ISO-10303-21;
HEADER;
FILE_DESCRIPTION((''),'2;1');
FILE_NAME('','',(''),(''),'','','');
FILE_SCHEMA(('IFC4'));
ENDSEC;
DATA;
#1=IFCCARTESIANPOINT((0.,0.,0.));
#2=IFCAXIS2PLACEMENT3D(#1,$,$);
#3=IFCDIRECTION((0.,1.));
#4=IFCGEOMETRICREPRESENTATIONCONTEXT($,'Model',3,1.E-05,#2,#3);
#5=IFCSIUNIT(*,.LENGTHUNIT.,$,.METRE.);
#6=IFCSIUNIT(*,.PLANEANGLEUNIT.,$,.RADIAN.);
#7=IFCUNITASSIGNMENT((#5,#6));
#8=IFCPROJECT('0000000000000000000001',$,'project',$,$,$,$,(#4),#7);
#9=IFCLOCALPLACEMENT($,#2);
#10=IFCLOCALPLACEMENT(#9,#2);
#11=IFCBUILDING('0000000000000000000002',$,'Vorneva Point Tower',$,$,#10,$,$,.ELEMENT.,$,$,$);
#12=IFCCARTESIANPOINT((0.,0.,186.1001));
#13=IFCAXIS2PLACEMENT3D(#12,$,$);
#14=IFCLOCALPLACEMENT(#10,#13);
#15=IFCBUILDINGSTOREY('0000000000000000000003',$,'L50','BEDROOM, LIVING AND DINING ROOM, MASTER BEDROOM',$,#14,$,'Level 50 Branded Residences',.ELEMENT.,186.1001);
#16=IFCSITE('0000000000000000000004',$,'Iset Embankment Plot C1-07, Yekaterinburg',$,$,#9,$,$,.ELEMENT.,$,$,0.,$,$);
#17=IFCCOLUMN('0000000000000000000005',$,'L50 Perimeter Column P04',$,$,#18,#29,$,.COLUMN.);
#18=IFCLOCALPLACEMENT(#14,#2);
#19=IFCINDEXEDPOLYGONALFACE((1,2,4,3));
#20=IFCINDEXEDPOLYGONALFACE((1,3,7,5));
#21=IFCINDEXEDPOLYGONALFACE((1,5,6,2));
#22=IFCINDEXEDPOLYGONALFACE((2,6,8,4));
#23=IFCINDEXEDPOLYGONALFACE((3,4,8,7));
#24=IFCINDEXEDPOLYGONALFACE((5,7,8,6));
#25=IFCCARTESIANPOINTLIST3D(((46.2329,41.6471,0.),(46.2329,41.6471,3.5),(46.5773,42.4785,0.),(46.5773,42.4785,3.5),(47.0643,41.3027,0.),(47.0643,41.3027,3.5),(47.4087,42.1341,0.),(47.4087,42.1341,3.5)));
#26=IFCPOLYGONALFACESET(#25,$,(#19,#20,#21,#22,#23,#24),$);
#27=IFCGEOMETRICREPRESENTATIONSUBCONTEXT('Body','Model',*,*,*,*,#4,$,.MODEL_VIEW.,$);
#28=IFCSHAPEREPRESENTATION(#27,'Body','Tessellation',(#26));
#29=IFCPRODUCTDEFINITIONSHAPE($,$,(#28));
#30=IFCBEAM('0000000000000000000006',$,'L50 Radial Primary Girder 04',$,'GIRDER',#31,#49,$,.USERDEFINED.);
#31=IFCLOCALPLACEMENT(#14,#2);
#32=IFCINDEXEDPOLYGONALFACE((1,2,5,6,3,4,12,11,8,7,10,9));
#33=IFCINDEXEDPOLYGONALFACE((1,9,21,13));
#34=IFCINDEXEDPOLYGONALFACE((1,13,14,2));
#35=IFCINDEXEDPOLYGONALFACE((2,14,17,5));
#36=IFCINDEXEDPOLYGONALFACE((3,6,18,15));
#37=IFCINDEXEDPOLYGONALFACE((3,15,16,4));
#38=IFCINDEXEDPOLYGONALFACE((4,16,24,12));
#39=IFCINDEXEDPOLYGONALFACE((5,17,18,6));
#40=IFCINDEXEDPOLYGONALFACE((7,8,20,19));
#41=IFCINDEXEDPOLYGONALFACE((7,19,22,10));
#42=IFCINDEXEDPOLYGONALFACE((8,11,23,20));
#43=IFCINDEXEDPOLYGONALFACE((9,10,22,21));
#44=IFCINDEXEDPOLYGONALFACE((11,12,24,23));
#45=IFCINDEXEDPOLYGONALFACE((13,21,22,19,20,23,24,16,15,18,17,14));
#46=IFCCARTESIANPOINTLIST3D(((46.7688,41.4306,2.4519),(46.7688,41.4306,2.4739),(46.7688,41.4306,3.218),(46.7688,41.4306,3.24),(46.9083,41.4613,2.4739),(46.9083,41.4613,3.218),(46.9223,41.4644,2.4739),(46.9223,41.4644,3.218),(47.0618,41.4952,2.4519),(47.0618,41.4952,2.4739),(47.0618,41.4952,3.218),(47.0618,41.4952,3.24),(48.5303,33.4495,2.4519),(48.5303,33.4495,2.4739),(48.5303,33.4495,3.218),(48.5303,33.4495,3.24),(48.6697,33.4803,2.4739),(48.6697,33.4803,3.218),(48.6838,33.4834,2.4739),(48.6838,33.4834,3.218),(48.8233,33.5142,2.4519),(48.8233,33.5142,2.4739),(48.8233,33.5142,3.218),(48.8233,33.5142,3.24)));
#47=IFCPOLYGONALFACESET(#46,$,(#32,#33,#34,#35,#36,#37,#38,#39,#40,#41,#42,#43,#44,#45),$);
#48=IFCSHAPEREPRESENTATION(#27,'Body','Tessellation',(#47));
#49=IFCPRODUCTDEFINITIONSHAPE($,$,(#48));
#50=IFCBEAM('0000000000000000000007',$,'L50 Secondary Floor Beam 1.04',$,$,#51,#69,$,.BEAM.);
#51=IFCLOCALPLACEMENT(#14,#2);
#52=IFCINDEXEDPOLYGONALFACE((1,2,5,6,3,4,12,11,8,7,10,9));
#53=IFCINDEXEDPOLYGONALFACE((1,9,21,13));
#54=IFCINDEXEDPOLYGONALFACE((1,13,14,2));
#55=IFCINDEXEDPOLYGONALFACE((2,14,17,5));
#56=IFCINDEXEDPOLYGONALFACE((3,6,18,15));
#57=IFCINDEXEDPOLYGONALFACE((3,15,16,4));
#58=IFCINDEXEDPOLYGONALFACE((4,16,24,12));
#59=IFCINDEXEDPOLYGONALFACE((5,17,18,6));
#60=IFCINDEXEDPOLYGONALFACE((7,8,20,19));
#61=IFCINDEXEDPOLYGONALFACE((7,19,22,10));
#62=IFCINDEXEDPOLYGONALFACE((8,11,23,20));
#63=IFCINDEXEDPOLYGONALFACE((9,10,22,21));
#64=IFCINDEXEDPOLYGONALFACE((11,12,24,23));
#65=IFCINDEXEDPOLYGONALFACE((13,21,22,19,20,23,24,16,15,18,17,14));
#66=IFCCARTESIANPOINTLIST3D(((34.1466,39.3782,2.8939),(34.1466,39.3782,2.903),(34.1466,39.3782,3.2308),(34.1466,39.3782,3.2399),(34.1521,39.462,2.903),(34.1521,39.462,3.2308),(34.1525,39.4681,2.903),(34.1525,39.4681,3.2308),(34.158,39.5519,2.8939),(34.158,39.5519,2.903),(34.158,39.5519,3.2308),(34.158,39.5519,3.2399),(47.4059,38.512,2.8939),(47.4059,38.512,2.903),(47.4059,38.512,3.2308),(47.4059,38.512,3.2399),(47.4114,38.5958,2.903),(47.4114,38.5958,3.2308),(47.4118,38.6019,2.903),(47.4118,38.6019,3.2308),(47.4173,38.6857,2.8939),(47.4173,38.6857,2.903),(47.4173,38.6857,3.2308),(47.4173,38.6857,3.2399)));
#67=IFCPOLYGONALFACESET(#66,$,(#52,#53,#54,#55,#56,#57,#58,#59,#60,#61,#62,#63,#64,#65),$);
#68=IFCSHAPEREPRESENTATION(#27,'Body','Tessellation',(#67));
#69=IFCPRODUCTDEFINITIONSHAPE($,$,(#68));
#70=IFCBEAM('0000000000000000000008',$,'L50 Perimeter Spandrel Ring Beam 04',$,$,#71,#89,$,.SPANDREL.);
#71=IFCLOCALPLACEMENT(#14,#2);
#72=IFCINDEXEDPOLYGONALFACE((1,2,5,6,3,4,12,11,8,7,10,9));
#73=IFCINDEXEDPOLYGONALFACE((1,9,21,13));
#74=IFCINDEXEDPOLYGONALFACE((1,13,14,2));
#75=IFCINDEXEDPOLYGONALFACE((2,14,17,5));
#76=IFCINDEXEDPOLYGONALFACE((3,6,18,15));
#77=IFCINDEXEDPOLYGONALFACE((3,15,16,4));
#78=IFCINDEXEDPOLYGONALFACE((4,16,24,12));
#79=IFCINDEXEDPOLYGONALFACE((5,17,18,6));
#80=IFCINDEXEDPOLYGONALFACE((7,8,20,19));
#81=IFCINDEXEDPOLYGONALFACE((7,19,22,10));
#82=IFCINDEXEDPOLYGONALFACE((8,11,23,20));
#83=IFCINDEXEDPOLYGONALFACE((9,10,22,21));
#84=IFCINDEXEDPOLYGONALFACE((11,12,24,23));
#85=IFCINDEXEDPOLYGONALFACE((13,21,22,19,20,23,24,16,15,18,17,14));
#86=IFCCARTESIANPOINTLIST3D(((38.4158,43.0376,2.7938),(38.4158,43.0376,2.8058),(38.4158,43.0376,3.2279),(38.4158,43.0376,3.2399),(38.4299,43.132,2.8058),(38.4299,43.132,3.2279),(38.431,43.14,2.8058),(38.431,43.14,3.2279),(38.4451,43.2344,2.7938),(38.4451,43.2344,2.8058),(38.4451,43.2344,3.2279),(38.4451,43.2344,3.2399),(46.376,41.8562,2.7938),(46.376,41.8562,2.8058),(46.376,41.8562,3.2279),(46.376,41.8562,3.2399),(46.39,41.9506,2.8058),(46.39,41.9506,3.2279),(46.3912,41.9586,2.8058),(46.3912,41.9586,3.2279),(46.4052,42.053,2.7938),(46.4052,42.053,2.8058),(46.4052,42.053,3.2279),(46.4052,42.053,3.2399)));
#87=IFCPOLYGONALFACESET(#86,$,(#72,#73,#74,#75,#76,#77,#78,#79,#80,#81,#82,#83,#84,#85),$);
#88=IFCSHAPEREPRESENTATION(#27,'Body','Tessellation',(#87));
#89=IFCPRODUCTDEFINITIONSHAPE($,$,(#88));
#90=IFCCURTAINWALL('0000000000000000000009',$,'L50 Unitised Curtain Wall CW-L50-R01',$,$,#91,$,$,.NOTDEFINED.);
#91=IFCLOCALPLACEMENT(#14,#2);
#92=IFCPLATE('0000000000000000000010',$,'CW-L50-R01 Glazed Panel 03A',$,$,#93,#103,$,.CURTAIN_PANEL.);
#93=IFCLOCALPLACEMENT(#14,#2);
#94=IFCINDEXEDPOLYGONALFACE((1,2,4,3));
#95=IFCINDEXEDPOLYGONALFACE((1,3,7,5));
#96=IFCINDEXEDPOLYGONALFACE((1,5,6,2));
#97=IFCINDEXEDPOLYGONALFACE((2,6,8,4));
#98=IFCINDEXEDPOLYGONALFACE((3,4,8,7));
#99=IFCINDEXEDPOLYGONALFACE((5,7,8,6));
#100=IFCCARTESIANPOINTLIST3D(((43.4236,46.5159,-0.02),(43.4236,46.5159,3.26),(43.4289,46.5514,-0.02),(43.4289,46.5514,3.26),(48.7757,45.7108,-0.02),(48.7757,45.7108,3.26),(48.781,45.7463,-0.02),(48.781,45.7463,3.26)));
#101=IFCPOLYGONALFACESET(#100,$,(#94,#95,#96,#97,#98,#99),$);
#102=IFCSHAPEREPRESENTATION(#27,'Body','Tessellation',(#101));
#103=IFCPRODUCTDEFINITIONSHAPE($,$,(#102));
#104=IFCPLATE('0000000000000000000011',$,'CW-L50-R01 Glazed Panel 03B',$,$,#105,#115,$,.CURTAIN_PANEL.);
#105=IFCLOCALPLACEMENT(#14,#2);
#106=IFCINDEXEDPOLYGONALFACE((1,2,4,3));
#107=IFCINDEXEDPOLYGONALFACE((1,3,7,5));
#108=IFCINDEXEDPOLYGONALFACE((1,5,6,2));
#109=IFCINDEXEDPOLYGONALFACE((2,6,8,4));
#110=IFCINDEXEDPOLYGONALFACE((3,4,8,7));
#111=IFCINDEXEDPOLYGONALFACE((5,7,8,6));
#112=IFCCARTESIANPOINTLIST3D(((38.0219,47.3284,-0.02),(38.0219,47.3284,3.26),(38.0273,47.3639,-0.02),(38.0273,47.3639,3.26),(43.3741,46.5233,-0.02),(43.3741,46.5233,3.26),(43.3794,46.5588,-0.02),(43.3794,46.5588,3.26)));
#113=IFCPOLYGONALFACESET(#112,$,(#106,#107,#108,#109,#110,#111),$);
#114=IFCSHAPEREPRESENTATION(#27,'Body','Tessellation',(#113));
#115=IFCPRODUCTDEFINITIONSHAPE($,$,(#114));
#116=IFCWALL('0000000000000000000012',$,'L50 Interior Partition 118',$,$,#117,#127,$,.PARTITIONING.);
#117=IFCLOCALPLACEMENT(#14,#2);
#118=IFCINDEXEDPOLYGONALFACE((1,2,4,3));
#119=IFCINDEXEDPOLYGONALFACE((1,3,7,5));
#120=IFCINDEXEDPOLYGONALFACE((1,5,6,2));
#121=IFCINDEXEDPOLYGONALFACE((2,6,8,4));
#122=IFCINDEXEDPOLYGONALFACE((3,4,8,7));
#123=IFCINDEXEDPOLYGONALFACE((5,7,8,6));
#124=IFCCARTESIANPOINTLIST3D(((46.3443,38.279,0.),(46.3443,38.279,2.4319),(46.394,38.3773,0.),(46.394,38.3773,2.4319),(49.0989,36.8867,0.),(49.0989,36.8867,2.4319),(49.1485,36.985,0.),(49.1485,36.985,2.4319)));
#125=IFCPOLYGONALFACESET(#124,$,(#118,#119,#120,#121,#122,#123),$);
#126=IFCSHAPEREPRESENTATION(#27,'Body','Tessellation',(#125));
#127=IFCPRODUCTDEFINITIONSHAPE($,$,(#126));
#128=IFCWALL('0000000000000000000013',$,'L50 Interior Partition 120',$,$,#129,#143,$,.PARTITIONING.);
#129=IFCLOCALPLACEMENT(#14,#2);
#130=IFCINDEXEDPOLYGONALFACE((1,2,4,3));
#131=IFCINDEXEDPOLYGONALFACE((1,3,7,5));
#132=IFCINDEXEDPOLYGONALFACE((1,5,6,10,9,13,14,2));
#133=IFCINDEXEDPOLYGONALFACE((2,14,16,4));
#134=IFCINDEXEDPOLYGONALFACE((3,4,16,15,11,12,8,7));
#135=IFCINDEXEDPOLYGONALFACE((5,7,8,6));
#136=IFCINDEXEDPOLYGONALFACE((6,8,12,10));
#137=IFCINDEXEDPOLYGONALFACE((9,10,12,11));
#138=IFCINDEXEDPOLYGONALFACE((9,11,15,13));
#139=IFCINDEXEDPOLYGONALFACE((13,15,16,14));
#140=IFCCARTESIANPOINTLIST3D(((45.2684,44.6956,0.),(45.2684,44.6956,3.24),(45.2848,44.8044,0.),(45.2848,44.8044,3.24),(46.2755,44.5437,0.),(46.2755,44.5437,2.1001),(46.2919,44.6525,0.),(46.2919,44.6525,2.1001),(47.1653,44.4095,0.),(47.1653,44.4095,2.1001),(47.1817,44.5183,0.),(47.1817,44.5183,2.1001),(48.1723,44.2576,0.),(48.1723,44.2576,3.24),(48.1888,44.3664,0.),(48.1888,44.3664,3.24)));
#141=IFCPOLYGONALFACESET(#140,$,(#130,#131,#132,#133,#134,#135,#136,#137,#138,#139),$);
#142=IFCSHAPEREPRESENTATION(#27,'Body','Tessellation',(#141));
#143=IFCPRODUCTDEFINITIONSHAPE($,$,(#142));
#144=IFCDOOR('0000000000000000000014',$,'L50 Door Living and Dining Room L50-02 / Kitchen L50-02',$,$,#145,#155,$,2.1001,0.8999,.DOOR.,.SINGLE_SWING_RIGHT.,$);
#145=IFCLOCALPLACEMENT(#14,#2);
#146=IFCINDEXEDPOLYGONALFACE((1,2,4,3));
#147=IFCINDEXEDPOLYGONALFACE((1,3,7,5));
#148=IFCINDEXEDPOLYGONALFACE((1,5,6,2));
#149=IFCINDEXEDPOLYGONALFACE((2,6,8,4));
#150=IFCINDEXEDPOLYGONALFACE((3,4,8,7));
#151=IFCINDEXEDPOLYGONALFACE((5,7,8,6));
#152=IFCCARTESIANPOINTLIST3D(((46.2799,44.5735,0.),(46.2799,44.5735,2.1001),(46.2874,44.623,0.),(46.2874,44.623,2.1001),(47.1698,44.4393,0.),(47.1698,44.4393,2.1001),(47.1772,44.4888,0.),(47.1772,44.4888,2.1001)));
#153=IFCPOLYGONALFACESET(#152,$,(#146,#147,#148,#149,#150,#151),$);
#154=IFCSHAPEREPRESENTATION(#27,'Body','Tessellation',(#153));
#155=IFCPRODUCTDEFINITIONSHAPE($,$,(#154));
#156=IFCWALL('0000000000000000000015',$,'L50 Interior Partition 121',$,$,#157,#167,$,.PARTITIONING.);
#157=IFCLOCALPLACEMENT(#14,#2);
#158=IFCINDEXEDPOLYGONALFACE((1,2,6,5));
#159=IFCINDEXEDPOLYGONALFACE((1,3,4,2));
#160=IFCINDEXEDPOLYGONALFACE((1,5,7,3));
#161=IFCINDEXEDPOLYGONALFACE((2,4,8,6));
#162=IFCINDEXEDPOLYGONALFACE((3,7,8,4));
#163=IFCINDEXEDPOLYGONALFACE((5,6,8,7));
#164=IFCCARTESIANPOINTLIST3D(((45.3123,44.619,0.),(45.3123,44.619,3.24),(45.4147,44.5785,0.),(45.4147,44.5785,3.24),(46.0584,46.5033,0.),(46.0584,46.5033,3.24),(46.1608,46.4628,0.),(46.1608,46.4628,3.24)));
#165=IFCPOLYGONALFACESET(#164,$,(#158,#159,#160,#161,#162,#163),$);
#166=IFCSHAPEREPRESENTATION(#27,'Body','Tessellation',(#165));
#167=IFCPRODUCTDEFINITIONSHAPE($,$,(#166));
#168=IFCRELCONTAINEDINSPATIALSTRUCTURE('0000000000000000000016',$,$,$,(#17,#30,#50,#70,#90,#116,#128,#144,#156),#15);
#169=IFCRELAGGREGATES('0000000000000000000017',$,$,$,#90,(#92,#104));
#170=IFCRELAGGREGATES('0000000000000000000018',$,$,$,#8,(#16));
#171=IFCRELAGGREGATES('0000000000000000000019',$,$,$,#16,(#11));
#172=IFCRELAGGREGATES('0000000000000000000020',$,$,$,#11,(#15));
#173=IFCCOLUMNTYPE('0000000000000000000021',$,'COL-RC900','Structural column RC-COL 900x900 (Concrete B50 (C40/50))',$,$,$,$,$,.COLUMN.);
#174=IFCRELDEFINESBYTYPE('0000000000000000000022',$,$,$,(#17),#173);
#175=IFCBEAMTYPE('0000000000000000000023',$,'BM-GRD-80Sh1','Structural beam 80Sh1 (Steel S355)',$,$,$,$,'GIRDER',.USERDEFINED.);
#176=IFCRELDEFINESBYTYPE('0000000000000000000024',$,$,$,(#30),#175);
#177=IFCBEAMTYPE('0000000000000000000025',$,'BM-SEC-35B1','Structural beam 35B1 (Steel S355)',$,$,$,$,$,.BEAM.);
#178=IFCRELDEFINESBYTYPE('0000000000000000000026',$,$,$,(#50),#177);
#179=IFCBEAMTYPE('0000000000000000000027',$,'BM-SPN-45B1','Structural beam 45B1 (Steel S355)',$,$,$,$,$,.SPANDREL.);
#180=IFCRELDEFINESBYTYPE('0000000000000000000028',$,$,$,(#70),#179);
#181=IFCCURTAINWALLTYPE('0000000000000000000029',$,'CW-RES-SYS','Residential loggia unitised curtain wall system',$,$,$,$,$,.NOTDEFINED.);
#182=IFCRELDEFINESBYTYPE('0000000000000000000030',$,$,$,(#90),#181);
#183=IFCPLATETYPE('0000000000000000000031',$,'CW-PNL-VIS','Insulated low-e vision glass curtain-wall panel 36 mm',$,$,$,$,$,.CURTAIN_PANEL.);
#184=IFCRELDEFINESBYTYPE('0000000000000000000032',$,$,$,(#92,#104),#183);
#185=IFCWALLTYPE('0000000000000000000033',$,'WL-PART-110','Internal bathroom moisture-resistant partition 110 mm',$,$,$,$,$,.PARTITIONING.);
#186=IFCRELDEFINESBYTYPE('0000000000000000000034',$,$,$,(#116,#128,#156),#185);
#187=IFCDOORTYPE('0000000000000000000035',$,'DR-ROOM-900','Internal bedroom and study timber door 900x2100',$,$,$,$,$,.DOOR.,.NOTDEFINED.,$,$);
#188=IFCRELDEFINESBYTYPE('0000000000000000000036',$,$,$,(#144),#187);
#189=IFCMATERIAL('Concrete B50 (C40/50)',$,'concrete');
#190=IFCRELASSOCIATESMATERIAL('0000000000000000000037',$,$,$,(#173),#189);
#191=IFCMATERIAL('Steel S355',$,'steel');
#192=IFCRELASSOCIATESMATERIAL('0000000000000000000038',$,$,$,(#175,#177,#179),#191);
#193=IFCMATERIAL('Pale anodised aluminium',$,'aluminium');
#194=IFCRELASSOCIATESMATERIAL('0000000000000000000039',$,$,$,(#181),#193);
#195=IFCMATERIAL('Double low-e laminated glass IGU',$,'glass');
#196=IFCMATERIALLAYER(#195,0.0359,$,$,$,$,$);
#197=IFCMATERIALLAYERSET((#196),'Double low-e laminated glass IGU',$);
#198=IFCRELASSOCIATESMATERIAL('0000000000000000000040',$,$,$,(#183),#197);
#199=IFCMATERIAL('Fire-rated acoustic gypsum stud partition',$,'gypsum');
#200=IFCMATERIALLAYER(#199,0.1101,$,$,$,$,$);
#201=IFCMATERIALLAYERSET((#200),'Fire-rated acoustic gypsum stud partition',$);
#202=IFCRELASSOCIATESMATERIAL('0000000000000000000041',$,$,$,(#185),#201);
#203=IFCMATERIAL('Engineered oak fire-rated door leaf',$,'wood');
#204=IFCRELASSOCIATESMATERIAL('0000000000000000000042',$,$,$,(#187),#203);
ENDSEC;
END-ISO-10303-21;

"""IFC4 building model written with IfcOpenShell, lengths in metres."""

from ifc_helpers import new_model, si_unit, direction, frame, frame_2d, origin, origin_2d, place, context, subcontext, project, spatial, rectangle, i_section, extrude, material, layer, layer_set, material_profile, profile_set, type_object, element, fill, aggregate, save


model = new_model("IFC4")

# Units and contexts
model_context = context("Model", 3, precision=1e-05, world=origin(), true_north=direction((0.0, 1.0)))
body_context = subcontext(model_context, "Body", "Model", "MODEL_VIEW")
ifc_project = project(units=[si_unit("LENGTHUNIT", "METRE"), si_unit("PLANEANGLEUNIT", "RADIAN")], contexts=[model_context])

# Site, building, storey
site_placement = place(None, origin())
site = spatial("IfcSite", under=ifc_project, at=site_placement, Name="Iset Embankment Plot C1-07, Yekaterinburg", CompositionType="ELEMENT", RefElevation=0.0)
building_placement = place(site_placement, origin())
building = spatial("IfcBuilding", under=site, at=building_placement, Name="Vorneva Point Tower", CompositionType="ELEMENT")
storey_placement = place(building_placement, frame((0.0, 0.0, 186.1001)))
storey = spatial("IfcBuildingStorey", under=building, at=storey_placement, Name="L50", Description="BEDROOM, LIVING AND DINING ROOM, MASTER BEDROOM", LongName="Level 50 Branded Residences", CompositionType="ELEMENT", Elevation=186.1001)

# Column
ifc_material_1 = material(Name="Concrete B50 (C40/50)", Category="concrete")
ifc_material_profile_1 = material_profile(ifc_material_1, rectangle(XDim=0.8999, YDim=0.8999, at=origin_2d()), Name="RC-COL 900x900")
ifc_profile_set_1 = profile_set([ifc_material_profile_1], Name="Concrete B50 (C40/50)")
column_type = type_object("IfcColumnType", Name="COL-RC900", Description="Structural column RC-COL 900x900 (Concrete B50 (C40/50))", PredefinedType="COLUMN", material=ifc_profile_set_1)
column_placement = place(storey_placement, frame((46.8208, 41.8906, 0.0), z_axis=(0.0, 0.0, 1.0), x_axis=(0.382683, 0.92388, 0.0)))
element("IfcColumn", 1, at=column_placement, inside=storey, type_object=column_type, Name="L50 Perimeter Column P04", PredefinedType="COLUMN", context=body_context, shape_type="SweptSolid", body=[
    extrude(rectangle(XDim=0.8999, YDim=0.8999, at=origin_2d()), origin(), (0.0, 0.0, 1.0), 3.5),
])

# Beams
ifc_material_2 = material(Name="Steel S355", Category="steel")
ifc_material_profile_2 = material_profile(ifc_material_2, i_section(OverallWidth=0.3, OverallDepth=0.7881, WebThickness=0.0144, FlangeThickness=0.022, at=origin_2d()), Name="80Sh1")
ifc_profile_set_2 = profile_set([ifc_material_profile_2], Name="Steel S355")
beam_type_1 = type_object("IfcBeamType", Name="BM-GRD-80Sh1", Description="Structural beam 80Sh1 (Steel S355)", ElementType="GIRDER", PredefinedType="USERDEFINED", material=ifc_profile_set_2)
beam_1_placement = place(storey_placement, frame((46.9153, 41.4629, 2.8459), z_axis=(0.215523, -0.976499, 0.0), x_axis=(0.976499, 0.215523, 0.0)))
element("IfcBeam", 2, at=beam_1_placement, inside=storey, type_object=beam_type_1, Name="L50 Radial Primary Girder 04", ObjectType="GIRDER", PredefinedType="USERDEFINED", context=body_context, shape_type="SweptSolid", body=[
    extrude(i_section(OverallWidth=0.3, OverallDepth=0.7881, WebThickness=0.0144, FlangeThickness=0.022, at=origin_2d()), origin(), (0.0, 0.0, 1.0), 8.1731),
])
ifc_material_profile_3 = material_profile(ifc_material_2, i_section(OverallWidth=0.1741, OverallDepth=0.3459, WebThickness=0.0061, FlangeThickness=0.009, at=origin_2d()), Name="35B1")
ifc_profile_set_3 = profile_set([ifc_material_profile_3], Name="Steel S355")
beam_type_2 = type_object("IfcBeamType", Name="BM-SEC-35B1", Description="Structural beam 35B1 (Steel S355)", PredefinedType="BEAM", material=ifc_profile_set_3)
beam_2_placement = place(storey_placement, frame((47.4116, 38.5989, 3.0669), z_axis=(-0.997873, 0.06519, 0.0), x_axis=(-0.06519, -0.997873, 0.0)))
element("IfcBeam", 3, at=beam_2_placement, inside=storey, type_object=beam_type_2, Name="L50 Secondary Floor Beam 1.04", PredefinedType="BEAM", context=body_context, shape_type="SweptSolid", body=[
    extrude(i_section(OverallWidth=0.1741, OverallDepth=0.3459, WebThickness=0.0061, FlangeThickness=0.009, at=origin_2d()), origin(), (0.0, 0.0, 1.0), 13.2876),
])
ifc_material_profile_4 = material_profile(ifc_material_2, i_section(OverallWidth=0.199, OverallDepth=0.446, WebThickness=0.0081, FlangeThickness=0.012, at=origin_2d()), Name="45B1")
ifc_profile_set_4 = profile_set([ifc_material_profile_4], Name="Steel S355")
beam_type_3 = type_object("IfcBeamType", Name="BM-SPN-45B1", Description="Structural beam 45B1 (Steel S355)", PredefinedType="SPANDREL", material=ifc_profile_set_4)
beam_3_placement = place(storey_placement, frame((46.3906, 41.9546, 3.0168), z_axis=(-0.989165, 0.146805, 0.0), x_axis=(-0.146805, -0.989165, 0.0)))
element("IfcBeam", 4, at=beam_3_placement, inside=storey, type_object=beam_type_3, Name="L50 Perimeter Spandrel Ring Beam 04", PredefinedType="SPANDREL", context=body_context, shape_type="SweptSolid", body=[
    extrude(i_section(OverallWidth=0.199, OverallDepth=0.446, WebThickness=0.0081, FlangeThickness=0.012, at=origin_2d()), origin(), (0.0, 0.0, 1.0), 8.0474),
])

# Curtain wall, plates
ifc_material_3 = material(Name="Pale anodised aluminium", Category="aluminium")
curtain_wall_type = type_object("IfcCurtainWallType", Name="CW-RES-SYS", Description="Residential loggia unitised curtain wall system", PredefinedType="NOTDEFINED", material=ifc_material_3)
curtain_wall_placement = place(storey_placement, origin())
curtain_wall = element("IfcCurtainWall", 5, at=curtain_wall_placement, inside=storey, type_object=curtain_wall_type, Name="L50 Unitised Curtain Wall CW-L50-R01", PredefinedType="NOTDEFINED")
ifc_material_4 = material(Name="Double low-e laminated glass IGU", Category="glass")
ifc_layer_1 = layer(ifc_material_4, 0.0359)
ifc_layer_set_1 = layer_set([ifc_layer_1], Name="Double low-e laminated glass IGU")
plate_type = type_object("IfcPlateType", Name="CW-PNL-VIS", Description="Insulated low-e vision glass curtain-wall panel 36 mm", PredefinedType="CURTAIN_PANEL", material=ifc_layer_set_1)
plate_1_placement = place(storey_placement, frame((46.1023, 46.1311, -0.02), z_axis=(0.0, 0.0, 1.0), x_axis=(-0.988874, 0.148759, 0.0)))
plate_1 = element("IfcPlate", 6, at=plate_1_placement, type_object=plate_type, Name="CW-L50-R01 Glazed Panel 03A", PredefinedType="CURTAIN_PANEL", context=body_context, shape_type="SweptSolid", body=[
    extrude(rectangle(XDim=5.4124, YDim=0.0359, at=origin_2d()), origin(), (0.0, 0.0, 1.0), 3.28),
])
plate_2_placement = place(storey_placement, frame((40.7007, 46.9436, -0.02), z_axis=(0.0, 0.0, 1.0), x_axis=(-0.988874, 0.148759, 0.0)))
plate_2 = element("IfcPlate", 7, at=plate_2_placement, type_object=plate_type, Name="CW-L50-R01 Glazed Panel 03B", PredefinedType="CURTAIN_PANEL", context=body_context, shape_type="SweptSolid", body=[
    extrude(rectangle(XDim=5.4124, YDim=0.0359, at=origin_2d()), origin(), (0.0, 0.0, 1.0), 3.28),
])
aggregate(curtain_wall, [plate_1, plate_2])

# Wall
ifc_material_5 = material(Name="Fire-rated acoustic gypsum stud partition", Category="gypsum")
ifc_layer_2 = layer(ifc_material_5, 0.1101)
ifc_layer_set_2 = layer_set([ifc_layer_2], Name="Fire-rated acoustic gypsum stud partition")
wall_type_1 = type_object("IfcWallType", Name="WL-PART-110", Description="Internal bathroom moisture-resistant partition 110 mm", PredefinedType="PARTITIONING", material=ifc_layer_set_2)
wall_1_placement = place(storey_placement, frame((46.3691, 38.3281, 0.0), z_axis=(0.0, 0.0, 1.0), x_axis=(0.892473, -0.451101, 0.0)))
element("IfcWall", 8, at=wall_1_placement, inside=storey, type_object=wall_type_1, Name="L50 Interior Partition 118", PredefinedType="PARTITIONING", context=body_context, shape_type="SweptSolid", body=[
    extrude(rectangle(XDim=3.0864, YDim=0.1101, at=frame_2d((1.5432, 0.0))), origin(), (0.0, 0.0, 1.0), 2.4319),
])

# Wall, opening, door
wall_2_placement = place(storey_placement, frame((48.1804, 44.312, 0.0), z_axis=(0.0, 0.0, 1.0), x_axis=(-0.988815, 0.149145, 0.0)))
wall_2 = element("IfcWall", 9, at=wall_2_placement, inside=storey, type_object=wall_type_1, Name="L50 Interior Partition 120", PredefinedType="PARTITIONING", context=body_context, shape_type="SweptSolid", body=[
    extrude(rectangle(XDim=2.9368, YDim=0.1101, at=frame_2d((1.4683, 0.0))), origin(), (0.0, 0.0, 1.0), 3.24),
])
opening_1_placement = place(wall_2_placement, frame((1.0183, 0.0, 0.0)))
opening_1 = element("IfcOpeningElement", 10, at=opening_1_placement, cuts=wall_2, PredefinedType="OPENING", context=body_context, shape_type="SweptSolid", body=[
    extrude(rectangle(XDim=0.8999, YDim=2.1001, at=frame_2d((0.45, 1.05))), frame((0.0, 0.0698, 0.0), z_axis=(0.0, -1.0, 0.0), x_axis=(1.0, 0.0, 0.0)), (0.0, 0.0, 1.0), 0.1399),
])
ifc_material_6 = material(Name="Engineered oak fire-rated door leaf", Category="wood")
door_type_1 = type_object("IfcDoorType", Name="DR-ROOM-900", Description="Internal bedroom and study timber door 900x2100", OperationType="NOTDEFINED", PredefinedType="DOOR", material=ifc_material_6)
door_1_placement = place(opening_1_placement, origin())
door_1 = element("IfcDoor", 11, at=door_1_placement, inside=storey, type_object=door_type_1, Name="L50 Door Living and Dining Room L50-02 / Kitchen L50-02", OperationType="SINGLE_SWING_RIGHT", OverallHeight=2.1001, OverallWidth=0.8999, PredefinedType="DOOR", context=body_context, shape_type="SweptSolid", body=[
    extrude(rectangle(XDim=0.8999, YDim=2.1001, at=frame_2d((0.45, 1.05))), frame((0.0, 0.0249, 0.0), z_axis=(0.0, -1.0, 0.0), x_axis=(1.0, 0.0, 0.0)), (0.0, 0.0, 1.0), 0.05),
])
fill(opening_1, door_1)

# Wall
wall_3_placement = place(storey_placement, frame((45.3635, 44.5989, 0.0), z_axis=(0.0, 0.0, 1.0), x_axis=(0.368148, 0.929767, 0.0)))
element("IfcWall", 12, at=wall_3_placement, inside=storey, type_object=wall_type_1, Name="L50 Interior Partition 121", PredefinedType="PARTITIONING", context=body_context, shape_type="SweptSolid", body=[
    extrude(rectangle(XDim=2.0266, YDim=0.1101, at=frame_2d((1.0132, 0.0))), origin(), (0.0, 0.0, 1.0), 3.24),
])

save(model, "model.ifc")
